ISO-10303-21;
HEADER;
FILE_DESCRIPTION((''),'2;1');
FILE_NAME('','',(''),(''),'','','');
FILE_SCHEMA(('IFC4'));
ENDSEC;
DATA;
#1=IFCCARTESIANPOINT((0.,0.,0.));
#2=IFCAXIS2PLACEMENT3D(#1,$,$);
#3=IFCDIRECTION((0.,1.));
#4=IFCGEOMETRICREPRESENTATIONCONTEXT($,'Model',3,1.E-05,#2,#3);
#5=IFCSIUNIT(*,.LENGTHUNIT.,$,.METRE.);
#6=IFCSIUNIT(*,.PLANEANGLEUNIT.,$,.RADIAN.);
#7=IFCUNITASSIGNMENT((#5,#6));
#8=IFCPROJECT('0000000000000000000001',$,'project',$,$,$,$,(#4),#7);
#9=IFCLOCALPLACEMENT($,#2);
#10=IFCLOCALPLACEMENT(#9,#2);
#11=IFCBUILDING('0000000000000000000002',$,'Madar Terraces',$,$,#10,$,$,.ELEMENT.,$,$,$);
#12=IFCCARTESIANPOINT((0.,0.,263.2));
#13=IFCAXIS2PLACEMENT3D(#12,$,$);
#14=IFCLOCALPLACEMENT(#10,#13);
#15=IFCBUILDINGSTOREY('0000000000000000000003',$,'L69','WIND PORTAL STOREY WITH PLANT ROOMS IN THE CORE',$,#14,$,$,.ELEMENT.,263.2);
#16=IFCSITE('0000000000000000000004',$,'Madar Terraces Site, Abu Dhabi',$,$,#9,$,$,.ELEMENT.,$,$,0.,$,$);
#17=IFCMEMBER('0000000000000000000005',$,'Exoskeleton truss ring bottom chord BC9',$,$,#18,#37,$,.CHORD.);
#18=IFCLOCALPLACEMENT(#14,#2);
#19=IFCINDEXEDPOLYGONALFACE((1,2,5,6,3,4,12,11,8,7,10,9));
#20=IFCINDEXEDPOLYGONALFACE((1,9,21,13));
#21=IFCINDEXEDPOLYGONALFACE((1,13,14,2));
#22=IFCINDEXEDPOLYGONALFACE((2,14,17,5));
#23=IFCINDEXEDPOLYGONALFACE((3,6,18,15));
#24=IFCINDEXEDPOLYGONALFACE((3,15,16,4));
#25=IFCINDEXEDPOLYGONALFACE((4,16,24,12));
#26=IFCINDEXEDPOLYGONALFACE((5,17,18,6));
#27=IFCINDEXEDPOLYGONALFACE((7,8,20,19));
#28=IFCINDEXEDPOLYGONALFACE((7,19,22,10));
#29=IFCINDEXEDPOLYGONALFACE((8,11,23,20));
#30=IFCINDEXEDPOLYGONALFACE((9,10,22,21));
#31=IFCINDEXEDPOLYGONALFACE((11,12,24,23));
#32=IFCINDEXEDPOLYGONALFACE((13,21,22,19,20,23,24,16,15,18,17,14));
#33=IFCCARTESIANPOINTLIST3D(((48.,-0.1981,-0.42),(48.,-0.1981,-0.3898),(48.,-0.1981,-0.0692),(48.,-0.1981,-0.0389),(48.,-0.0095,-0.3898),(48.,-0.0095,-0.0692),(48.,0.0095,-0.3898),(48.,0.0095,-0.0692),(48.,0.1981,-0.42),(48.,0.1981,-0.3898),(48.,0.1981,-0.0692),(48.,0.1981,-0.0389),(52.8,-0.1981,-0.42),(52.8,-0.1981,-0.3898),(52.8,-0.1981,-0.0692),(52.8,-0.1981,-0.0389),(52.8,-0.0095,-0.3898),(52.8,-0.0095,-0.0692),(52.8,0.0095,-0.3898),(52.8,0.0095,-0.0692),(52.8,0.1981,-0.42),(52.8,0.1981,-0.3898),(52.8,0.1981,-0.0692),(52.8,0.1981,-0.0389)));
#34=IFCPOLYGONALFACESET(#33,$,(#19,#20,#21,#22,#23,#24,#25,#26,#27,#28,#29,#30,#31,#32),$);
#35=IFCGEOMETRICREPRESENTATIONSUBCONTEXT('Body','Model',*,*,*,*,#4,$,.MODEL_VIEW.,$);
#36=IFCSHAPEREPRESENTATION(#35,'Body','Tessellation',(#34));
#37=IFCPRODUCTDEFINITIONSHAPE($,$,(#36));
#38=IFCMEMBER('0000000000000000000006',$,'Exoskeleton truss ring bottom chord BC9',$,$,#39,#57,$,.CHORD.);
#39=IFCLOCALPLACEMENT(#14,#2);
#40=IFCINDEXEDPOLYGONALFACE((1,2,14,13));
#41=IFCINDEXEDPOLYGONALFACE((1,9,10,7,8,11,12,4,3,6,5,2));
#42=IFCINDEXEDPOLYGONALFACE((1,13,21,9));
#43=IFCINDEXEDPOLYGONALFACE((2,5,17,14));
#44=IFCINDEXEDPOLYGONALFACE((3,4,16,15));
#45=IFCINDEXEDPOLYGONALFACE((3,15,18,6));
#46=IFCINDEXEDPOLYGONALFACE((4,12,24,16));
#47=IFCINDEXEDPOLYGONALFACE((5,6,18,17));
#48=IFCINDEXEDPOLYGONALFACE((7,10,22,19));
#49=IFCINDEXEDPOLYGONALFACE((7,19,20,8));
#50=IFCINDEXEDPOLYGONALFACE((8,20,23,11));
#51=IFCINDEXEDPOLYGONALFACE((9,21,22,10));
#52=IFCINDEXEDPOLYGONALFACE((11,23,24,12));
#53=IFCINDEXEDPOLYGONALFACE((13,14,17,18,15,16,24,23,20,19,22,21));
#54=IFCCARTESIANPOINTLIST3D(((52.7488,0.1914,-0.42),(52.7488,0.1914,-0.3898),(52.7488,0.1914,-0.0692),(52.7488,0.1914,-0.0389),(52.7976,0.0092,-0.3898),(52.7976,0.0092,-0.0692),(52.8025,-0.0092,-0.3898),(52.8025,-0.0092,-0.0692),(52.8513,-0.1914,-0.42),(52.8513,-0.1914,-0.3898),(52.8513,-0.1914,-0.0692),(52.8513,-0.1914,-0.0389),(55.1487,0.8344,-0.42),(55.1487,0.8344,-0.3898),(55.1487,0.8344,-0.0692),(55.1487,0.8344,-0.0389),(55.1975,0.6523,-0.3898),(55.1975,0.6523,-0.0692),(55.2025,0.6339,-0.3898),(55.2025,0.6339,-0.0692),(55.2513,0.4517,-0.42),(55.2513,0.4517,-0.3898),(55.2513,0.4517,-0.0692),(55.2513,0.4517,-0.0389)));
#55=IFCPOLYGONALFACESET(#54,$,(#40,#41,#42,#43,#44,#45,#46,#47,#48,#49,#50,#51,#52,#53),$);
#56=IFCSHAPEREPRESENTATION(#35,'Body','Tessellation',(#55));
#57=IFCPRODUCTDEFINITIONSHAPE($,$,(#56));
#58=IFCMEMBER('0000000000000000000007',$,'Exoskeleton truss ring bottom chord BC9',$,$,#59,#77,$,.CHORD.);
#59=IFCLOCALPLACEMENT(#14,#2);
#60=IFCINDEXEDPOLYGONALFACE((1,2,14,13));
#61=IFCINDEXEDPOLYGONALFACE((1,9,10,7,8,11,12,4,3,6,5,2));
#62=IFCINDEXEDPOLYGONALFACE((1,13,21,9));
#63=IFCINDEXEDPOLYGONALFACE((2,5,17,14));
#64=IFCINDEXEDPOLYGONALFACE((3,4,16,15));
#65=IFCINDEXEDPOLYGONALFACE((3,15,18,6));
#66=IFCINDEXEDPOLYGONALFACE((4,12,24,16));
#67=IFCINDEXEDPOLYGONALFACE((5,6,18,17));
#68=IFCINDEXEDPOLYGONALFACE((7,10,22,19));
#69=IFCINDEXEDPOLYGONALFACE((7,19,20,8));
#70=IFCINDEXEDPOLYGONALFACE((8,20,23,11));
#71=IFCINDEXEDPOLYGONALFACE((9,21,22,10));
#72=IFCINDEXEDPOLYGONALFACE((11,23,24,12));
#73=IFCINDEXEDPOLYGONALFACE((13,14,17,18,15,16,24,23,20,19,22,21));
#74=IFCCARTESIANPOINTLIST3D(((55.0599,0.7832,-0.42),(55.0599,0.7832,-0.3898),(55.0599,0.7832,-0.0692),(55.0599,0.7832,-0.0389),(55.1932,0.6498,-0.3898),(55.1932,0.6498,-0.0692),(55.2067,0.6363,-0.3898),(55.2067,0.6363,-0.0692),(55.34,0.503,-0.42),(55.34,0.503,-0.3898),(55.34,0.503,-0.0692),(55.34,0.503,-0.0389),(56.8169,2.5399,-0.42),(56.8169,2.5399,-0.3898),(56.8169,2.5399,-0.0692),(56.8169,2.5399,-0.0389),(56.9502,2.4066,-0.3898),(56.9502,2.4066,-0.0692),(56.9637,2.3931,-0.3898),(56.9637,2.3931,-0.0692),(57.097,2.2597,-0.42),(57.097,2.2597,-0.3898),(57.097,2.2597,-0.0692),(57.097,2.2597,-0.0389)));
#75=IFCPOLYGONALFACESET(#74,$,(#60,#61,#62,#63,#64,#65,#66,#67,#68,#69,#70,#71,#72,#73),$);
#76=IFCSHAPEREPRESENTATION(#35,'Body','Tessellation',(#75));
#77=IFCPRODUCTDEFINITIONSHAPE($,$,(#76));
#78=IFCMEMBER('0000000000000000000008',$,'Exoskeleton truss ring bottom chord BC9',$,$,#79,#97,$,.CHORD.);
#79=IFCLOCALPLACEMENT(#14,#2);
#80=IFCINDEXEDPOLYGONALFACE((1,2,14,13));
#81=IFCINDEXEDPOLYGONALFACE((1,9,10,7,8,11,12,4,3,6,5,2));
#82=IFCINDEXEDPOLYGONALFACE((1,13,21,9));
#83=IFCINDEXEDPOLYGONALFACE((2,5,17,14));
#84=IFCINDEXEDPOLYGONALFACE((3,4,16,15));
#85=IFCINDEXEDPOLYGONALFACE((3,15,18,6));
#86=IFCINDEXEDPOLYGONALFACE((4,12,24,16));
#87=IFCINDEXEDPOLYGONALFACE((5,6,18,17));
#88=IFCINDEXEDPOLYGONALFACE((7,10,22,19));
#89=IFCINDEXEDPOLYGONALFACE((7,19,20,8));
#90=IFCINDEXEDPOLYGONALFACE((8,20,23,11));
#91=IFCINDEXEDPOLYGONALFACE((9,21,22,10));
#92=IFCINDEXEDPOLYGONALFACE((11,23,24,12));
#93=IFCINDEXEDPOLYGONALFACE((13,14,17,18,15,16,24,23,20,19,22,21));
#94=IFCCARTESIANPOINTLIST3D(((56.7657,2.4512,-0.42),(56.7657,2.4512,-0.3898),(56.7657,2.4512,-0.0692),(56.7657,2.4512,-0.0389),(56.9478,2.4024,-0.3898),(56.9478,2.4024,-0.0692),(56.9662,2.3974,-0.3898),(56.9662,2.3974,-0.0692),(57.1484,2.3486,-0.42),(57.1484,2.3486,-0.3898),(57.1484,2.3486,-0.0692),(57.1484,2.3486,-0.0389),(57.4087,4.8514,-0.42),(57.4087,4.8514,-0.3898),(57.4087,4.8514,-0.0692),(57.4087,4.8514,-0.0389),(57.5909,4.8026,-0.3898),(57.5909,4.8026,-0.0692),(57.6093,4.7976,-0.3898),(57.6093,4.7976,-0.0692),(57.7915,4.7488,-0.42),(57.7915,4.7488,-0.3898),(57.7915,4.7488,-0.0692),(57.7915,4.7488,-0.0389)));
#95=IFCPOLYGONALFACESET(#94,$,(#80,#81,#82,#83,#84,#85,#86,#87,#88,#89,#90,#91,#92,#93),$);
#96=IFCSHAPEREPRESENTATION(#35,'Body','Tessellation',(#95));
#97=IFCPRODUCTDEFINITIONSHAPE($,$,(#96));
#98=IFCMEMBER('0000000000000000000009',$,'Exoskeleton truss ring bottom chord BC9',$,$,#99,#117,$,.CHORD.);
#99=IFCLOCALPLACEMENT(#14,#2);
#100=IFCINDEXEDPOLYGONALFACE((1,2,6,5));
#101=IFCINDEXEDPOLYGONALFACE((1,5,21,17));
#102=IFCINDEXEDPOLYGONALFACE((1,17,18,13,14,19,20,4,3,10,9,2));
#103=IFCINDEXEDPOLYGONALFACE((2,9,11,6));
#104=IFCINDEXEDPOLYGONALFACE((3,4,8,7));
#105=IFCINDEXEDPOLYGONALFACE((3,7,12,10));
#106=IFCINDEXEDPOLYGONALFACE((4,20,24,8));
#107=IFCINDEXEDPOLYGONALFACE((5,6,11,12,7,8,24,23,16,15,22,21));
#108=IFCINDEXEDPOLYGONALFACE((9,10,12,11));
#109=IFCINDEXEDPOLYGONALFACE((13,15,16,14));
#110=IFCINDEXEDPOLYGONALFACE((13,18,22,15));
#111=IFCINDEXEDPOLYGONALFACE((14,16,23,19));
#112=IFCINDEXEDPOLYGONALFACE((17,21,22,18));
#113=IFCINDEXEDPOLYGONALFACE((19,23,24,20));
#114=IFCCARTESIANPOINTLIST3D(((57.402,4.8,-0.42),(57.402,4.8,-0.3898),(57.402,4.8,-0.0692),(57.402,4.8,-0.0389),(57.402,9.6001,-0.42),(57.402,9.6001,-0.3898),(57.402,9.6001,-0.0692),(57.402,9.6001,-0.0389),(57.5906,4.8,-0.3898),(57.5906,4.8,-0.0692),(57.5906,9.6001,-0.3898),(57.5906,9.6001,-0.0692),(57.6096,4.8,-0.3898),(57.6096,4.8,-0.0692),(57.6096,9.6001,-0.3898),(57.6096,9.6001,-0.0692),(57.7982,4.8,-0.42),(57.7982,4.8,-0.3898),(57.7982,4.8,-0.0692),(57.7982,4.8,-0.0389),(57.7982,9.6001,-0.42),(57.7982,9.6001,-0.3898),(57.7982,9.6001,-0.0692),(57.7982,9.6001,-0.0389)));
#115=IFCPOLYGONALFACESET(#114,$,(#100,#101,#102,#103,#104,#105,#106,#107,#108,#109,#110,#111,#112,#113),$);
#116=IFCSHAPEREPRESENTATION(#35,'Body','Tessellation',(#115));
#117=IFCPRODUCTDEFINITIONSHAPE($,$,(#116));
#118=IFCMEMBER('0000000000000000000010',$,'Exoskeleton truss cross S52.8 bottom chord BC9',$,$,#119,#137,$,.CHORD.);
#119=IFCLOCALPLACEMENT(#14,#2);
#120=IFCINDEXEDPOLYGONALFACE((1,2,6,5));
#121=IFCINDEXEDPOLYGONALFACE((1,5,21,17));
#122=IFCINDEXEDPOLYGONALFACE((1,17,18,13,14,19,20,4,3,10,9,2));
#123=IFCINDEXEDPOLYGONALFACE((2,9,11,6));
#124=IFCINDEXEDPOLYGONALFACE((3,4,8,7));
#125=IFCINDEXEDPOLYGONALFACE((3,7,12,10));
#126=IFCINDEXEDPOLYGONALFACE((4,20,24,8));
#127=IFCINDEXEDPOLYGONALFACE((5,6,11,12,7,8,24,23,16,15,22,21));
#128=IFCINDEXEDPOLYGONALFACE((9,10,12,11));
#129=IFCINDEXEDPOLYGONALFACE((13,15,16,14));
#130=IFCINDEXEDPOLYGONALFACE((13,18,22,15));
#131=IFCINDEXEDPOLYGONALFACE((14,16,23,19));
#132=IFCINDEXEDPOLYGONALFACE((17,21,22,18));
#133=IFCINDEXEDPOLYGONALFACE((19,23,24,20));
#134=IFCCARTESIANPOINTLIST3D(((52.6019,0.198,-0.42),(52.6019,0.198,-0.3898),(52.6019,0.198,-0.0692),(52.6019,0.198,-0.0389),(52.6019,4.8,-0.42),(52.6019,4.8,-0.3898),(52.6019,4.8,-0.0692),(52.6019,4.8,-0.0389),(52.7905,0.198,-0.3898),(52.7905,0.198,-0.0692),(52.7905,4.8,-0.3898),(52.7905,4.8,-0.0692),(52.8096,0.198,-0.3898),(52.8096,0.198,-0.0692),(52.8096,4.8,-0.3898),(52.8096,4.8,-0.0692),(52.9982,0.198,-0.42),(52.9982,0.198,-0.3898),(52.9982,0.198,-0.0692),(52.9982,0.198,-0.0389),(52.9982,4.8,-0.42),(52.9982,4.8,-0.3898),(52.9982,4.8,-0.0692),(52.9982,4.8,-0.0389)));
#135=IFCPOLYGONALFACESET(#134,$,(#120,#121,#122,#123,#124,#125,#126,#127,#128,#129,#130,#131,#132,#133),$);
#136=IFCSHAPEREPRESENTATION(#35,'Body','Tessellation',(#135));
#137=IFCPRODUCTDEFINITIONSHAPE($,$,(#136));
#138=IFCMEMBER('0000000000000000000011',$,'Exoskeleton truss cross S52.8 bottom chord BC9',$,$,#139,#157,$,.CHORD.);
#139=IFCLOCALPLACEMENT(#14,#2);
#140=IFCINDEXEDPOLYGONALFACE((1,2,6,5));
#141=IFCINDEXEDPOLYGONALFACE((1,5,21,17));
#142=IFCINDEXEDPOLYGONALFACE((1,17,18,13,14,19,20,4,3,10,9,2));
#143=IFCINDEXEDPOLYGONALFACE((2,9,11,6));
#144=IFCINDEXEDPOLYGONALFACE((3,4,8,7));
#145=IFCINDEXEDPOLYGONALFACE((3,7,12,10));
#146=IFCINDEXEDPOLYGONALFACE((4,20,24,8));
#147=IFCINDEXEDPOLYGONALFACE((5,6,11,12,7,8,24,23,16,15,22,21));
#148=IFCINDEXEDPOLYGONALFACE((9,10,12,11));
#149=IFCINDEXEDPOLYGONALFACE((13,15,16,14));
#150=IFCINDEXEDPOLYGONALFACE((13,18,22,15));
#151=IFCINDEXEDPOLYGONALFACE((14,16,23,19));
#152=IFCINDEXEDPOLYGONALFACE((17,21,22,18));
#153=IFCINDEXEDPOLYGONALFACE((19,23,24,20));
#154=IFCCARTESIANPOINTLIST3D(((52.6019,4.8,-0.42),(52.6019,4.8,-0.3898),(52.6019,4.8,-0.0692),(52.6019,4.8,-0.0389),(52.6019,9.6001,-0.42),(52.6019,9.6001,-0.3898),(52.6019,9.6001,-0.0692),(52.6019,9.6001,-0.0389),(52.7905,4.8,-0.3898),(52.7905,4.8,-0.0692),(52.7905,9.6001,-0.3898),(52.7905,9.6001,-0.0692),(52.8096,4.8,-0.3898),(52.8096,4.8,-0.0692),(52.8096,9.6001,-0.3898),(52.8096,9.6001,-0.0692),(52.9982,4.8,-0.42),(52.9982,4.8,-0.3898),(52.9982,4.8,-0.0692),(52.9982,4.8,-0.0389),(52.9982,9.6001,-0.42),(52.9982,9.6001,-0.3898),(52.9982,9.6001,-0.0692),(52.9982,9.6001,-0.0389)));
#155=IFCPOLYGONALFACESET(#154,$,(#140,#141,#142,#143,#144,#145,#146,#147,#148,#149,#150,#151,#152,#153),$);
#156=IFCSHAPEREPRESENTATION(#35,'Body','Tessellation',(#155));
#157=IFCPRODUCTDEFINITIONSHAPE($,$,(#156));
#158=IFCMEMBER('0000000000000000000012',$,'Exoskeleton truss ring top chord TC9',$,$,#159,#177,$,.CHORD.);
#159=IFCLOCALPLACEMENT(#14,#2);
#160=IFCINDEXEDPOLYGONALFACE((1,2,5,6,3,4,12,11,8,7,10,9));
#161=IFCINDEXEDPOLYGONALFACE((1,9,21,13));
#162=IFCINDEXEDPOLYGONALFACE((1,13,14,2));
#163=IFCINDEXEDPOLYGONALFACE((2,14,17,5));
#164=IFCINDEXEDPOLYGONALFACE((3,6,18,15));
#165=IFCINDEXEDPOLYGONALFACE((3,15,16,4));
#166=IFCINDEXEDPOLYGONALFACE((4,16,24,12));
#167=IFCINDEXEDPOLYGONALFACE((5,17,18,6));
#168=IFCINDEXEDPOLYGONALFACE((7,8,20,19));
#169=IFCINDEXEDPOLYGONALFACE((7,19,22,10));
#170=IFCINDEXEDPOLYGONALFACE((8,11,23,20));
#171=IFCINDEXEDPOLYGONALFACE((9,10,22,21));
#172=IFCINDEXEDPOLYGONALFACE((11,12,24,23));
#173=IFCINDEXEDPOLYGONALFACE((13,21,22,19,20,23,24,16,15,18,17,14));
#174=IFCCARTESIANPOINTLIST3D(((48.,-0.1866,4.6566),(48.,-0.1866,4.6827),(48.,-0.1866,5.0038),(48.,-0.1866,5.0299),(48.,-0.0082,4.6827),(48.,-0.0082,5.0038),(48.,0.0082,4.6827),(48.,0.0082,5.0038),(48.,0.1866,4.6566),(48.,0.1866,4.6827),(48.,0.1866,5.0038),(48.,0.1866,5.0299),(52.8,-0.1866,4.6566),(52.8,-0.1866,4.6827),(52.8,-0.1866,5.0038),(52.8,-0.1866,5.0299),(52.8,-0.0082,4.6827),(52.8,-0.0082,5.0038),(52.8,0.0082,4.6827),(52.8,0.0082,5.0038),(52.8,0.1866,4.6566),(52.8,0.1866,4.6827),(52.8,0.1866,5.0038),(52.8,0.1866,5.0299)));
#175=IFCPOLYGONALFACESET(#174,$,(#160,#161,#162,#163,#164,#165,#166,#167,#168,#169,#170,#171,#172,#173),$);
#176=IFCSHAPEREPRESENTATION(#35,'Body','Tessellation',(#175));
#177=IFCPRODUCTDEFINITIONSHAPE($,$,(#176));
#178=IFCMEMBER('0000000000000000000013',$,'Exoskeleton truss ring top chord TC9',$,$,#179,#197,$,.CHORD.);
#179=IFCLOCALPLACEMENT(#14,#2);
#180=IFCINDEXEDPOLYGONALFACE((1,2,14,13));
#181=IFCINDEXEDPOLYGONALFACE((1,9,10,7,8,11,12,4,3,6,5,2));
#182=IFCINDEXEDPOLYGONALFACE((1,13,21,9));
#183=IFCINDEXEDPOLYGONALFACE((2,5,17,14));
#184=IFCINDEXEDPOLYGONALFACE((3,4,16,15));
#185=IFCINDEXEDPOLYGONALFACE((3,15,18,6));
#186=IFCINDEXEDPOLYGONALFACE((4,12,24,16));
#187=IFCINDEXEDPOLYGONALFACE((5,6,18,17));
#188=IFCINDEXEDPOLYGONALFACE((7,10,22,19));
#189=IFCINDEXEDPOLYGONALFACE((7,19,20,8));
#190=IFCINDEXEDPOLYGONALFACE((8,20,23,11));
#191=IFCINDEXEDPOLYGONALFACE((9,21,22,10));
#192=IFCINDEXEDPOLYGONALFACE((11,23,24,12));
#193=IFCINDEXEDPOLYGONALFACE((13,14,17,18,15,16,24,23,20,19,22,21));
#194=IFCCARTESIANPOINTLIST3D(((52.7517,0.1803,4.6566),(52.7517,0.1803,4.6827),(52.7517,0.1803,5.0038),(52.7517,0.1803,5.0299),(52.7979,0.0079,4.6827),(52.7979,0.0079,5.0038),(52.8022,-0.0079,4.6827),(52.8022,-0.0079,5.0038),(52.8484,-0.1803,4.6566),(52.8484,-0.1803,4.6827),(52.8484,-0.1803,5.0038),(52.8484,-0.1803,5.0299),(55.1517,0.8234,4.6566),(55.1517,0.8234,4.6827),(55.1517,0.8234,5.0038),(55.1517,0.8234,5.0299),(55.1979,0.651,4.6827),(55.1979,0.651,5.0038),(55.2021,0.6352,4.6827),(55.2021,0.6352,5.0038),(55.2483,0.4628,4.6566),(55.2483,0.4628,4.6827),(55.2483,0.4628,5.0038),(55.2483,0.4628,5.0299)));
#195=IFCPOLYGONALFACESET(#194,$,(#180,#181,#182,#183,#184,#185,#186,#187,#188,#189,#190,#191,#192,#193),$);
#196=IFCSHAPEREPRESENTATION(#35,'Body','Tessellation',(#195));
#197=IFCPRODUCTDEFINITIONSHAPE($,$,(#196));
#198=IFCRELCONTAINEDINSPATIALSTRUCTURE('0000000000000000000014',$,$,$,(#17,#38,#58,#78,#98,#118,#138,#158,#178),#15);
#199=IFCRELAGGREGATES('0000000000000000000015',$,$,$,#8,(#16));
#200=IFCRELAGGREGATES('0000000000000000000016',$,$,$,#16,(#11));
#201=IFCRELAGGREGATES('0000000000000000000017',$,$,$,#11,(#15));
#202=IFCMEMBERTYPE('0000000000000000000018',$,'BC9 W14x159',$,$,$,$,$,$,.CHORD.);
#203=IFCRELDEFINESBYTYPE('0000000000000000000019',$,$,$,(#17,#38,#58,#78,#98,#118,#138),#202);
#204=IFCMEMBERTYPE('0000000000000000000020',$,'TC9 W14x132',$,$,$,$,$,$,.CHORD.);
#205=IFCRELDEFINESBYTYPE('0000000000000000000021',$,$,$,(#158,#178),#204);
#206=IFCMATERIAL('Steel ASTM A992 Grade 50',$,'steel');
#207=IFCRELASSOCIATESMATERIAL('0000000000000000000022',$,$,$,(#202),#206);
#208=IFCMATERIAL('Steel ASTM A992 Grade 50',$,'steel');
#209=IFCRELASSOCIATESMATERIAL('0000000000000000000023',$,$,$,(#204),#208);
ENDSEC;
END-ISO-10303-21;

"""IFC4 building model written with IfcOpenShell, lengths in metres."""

from ifc_helpers import new_model, si_unit, direction, frame, origin, origin_2d, place, context, subcontext, project, spatial, i_section, extrude, material, material_profile, profile_set, type_object, element, save


model = new_model("IFC4")

# Units and contexts
model_context = context("Model", 3, precision=1e-05, world=origin(), true_north=direction((0.0, 1.0)))
body_context = subcontext(model_context, "Body", "Model", "MODEL_VIEW")
ifc_project = project(units=[si_unit("LENGTHUNIT", "METRE"), si_unit("PLANEANGLEUNIT", "RADIAN")], contexts=[model_context])

# Site, building, storey
site_placement = place(None, origin())
site = spatial("IfcSite", under=ifc_project, at=site_placement, Name="Madar Terraces Site, Abu Dhabi", CompositionType="ELEMENT", RefElevation=0.0)
building_placement = place(site_placement, origin())
building = spatial("IfcBuilding", under=site, at=building_placement, Name="Madar Terraces", CompositionType="ELEMENT")
storey_placement = place(building_placement, frame((0.0, 0.0, 263.2)))
storey = spatial("IfcBuildingStorey", under=building, at=storey_placement, Name="L69", Description="WIND PORTAL STOREY WITH PLANT ROOMS IN THE CORE", CompositionType="ELEMENT", Elevation=263.2)

# Members
ifc_material_1 = material(Name="Steel ASTM A992 Grade 50", Category="steel")
ifc_material_profile_1 = material_profile(ifc_material_1, i_section(OverallWidth=0.3962, OverallDepth=0.3811, WebThickness=0.019, FlangeThickness=0.0303, at=origin_2d()), Name="W14x159")
ifc_profile_set_1 = profile_set([ifc_material_profile_1], Name="Steel ASTM A992 Grade 50")
member_type_1 = type_object("IfcMemberType", Name="BC9 W14x159", PredefinedType="CHORD", material=ifc_profile_set_1)
member_1_placement = place(storey_placement, frame((48.0, 0.0, -0.2295), z_axis=(1.0, 0.0, 0.0), x_axis=(0.0, 1.0, 0.0)))
element("IfcMember", 1, at=member_1_placement, inside=storey, type_object=member_type_1, Name="Exoskeleton truss ring bottom chord BC9", PredefinedType="CHORD", context=body_context, shape_type="SweptSolid", body=[
    extrude(i_section(OverallWidth=0.3962, OverallDepth=0.3811, WebThickness=0.019, FlangeThickness=0.0303, at=origin_2d()), origin(), (0.0, 0.0, 1.0), 4.8),
])
for number, where, z_axis, x_axis, name in (
    (2, (52.8, 0.0, -0.2295), (0.965924, 0.258824, 0.0), (-0.258824, 0.965924, 0.0), "Exoskeleton truss ring bottom chord BC9"),
    (3, (55.2, 0.6431, -0.2295), (0.707156, 0.707058, 0.0), (-0.707058, 0.707156, 0.0), "Exoskeleton truss ring bottom chord BC9"),
):
    element("IfcMember", number, at=place(storey_placement, frame(where, z_axis=z_axis, x_axis=x_axis)), inside=storey, type_object=member_type_1, Name=name, PredefinedType="CHORD", context=body_context, shape_type="SweptSolid", body=[
        extrude(i_section(OverallWidth=0.3962, OverallDepth=0.3811, WebThickness=0.019, FlangeThickness=0.0303, at=origin_2d()), origin(), (0.0, 0.0, 1.0), 2.4846),
    ])
member_2_placement = place(storey_placement, frame((56.957, 2.3999, -0.2295), z_axis=(0.2588, 0.965931, 0.0), x_axis=(-0.965931, 0.2588, 0.0)))
element("IfcMember", 4, at=member_2_placement, inside=storey, type_object=member_type_1, Name="Exoskeleton truss ring bottom chord BC9", PredefinedType="CHORD", context=body_context, shape_type="SweptSolid", body=[
    extrude(i_section(OverallWidth=0.3962, OverallDepth=0.3811, WebThickness=0.019, FlangeThickness=0.0303, at=origin_2d()), origin(), (0.0, 0.0, 1.0), 2.4849),
])
member_3_placement = place(storey_placement, frame((57.6001, 4.8, -0.2295), z_axis=(0.0, 1.0, 0.0), x_axis=(-1.0, 0.0, 0.0)))
element("IfcMember", 5, at=member_3_placement, inside=storey, type_object=member_type_1, Name="Exoskeleton truss ring bottom chord BC9", PredefinedType="CHORD", context=body_context, shape_type="SweptSolid", body=[
    extrude(i_section(OverallWidth=0.3962, OverallDepth=0.3811, WebThickness=0.019, FlangeThickness=0.0303, at=origin_2d()), origin(), (0.0, 0.0, 1.0), 4.8),
])
member_4_placement = place(storey_placement, frame((52.8, 0.198, -0.2295), z_axis=(0.0, 1.0, 0.0), x_axis=(-1.0, 0.0, 0.0)))
element("IfcMember", 6, at=member_4_placement, inside=storey, type_object=member_type_1, Name="Exoskeleton truss cross S52.8 bottom chord BC9", PredefinedType="CHORD", context=body_context, shape_type="SweptSolid", body=[
    extrude(i_section(OverallWidth=0.3962, OverallDepth=0.3811, WebThickness=0.019, FlangeThickness=0.0303, at=origin_2d()), origin(), (0.0, 0.0, 1.0), 4.6021),
])
member_5_placement = place(storey_placement, frame((52.8, 4.8, -0.2295), z_axis=(0.0, 1.0, 0.0), x_axis=(-1.0, 0.0, 0.0)))
element("IfcMember", 7, at=member_5_placement, inside=storey, type_object=member_type_1, Name="Exoskeleton truss cross S52.8 bottom chord BC9", PredefinedType="CHORD", context=body_context, shape_type="SweptSolid", body=[
    extrude(i_section(OverallWidth=0.3962, OverallDepth=0.3811, WebThickness=0.019, FlangeThickness=0.0303, at=origin_2d()), origin(), (0.0, 0.0, 1.0), 4.8),
])
ifc_material_2 = material(Name="Steel ASTM A992 Grade 50", Category="steel")
ifc_material_profile_2 = material_profile(ifc_material_2, i_section(OverallWidth=0.3733, OverallDepth=0.3733, WebThickness=0.0164, FlangeThickness=0.0261, at=origin_2d()), Name="W14x132")
ifc_profile_set_2 = profile_set([ifc_material_profile_2], Name="Steel ASTM A992 Grade 50")
member_type_2 = type_object("IfcMemberType", Name="TC9 W14x132", PredefinedType="CHORD", material=ifc_profile_set_2)
member_6_placement = place(storey_placement, frame((48.0, 0.0, 4.8433), z_axis=(1.0, 0.0, 0.0), x_axis=(0.0, 1.0, 0.0)))
element("IfcMember", 8, at=member_6_placement, inside=storey, type_object=member_type_2, Name="Exoskeleton truss ring top chord TC9", PredefinedType="CHORD", context=body_context, shape_type="SweptSolid", body=[
    extrude(i_section(OverallWidth=0.3733, OverallDepth=0.3733, WebThickness=0.0164, FlangeThickness=0.0261, at=origin_2d()), origin(), (0.0, 0.0, 1.0), 4.8),
])
for number, where, z_axis, x_axis, name in (
    (9, (52.8, 0.0, 4.8433), (0.965924, 0.258824, 0.0), (-0.258824, 0.965924, 0.0), "Exoskeleton truss ring top chord TC9"),
):
    element("IfcMember", number, at=place(storey_placement, frame(where, z_axis=z_axis, x_axis=x_axis)), inside=storey, type_object=member_type_2, Name=name, PredefinedType="CHORD", context=body_context, shape_type="SweptSolid", body=[
        extrude(i_section(OverallWidth=0.3733, OverallDepth=0.3733, WebThickness=0.0164, FlangeThickness=0.0261, at=origin_2d()), origin(), (0.0, 0.0, 1.0), 2.4846),
    ])

save(model, "model.ifc")
